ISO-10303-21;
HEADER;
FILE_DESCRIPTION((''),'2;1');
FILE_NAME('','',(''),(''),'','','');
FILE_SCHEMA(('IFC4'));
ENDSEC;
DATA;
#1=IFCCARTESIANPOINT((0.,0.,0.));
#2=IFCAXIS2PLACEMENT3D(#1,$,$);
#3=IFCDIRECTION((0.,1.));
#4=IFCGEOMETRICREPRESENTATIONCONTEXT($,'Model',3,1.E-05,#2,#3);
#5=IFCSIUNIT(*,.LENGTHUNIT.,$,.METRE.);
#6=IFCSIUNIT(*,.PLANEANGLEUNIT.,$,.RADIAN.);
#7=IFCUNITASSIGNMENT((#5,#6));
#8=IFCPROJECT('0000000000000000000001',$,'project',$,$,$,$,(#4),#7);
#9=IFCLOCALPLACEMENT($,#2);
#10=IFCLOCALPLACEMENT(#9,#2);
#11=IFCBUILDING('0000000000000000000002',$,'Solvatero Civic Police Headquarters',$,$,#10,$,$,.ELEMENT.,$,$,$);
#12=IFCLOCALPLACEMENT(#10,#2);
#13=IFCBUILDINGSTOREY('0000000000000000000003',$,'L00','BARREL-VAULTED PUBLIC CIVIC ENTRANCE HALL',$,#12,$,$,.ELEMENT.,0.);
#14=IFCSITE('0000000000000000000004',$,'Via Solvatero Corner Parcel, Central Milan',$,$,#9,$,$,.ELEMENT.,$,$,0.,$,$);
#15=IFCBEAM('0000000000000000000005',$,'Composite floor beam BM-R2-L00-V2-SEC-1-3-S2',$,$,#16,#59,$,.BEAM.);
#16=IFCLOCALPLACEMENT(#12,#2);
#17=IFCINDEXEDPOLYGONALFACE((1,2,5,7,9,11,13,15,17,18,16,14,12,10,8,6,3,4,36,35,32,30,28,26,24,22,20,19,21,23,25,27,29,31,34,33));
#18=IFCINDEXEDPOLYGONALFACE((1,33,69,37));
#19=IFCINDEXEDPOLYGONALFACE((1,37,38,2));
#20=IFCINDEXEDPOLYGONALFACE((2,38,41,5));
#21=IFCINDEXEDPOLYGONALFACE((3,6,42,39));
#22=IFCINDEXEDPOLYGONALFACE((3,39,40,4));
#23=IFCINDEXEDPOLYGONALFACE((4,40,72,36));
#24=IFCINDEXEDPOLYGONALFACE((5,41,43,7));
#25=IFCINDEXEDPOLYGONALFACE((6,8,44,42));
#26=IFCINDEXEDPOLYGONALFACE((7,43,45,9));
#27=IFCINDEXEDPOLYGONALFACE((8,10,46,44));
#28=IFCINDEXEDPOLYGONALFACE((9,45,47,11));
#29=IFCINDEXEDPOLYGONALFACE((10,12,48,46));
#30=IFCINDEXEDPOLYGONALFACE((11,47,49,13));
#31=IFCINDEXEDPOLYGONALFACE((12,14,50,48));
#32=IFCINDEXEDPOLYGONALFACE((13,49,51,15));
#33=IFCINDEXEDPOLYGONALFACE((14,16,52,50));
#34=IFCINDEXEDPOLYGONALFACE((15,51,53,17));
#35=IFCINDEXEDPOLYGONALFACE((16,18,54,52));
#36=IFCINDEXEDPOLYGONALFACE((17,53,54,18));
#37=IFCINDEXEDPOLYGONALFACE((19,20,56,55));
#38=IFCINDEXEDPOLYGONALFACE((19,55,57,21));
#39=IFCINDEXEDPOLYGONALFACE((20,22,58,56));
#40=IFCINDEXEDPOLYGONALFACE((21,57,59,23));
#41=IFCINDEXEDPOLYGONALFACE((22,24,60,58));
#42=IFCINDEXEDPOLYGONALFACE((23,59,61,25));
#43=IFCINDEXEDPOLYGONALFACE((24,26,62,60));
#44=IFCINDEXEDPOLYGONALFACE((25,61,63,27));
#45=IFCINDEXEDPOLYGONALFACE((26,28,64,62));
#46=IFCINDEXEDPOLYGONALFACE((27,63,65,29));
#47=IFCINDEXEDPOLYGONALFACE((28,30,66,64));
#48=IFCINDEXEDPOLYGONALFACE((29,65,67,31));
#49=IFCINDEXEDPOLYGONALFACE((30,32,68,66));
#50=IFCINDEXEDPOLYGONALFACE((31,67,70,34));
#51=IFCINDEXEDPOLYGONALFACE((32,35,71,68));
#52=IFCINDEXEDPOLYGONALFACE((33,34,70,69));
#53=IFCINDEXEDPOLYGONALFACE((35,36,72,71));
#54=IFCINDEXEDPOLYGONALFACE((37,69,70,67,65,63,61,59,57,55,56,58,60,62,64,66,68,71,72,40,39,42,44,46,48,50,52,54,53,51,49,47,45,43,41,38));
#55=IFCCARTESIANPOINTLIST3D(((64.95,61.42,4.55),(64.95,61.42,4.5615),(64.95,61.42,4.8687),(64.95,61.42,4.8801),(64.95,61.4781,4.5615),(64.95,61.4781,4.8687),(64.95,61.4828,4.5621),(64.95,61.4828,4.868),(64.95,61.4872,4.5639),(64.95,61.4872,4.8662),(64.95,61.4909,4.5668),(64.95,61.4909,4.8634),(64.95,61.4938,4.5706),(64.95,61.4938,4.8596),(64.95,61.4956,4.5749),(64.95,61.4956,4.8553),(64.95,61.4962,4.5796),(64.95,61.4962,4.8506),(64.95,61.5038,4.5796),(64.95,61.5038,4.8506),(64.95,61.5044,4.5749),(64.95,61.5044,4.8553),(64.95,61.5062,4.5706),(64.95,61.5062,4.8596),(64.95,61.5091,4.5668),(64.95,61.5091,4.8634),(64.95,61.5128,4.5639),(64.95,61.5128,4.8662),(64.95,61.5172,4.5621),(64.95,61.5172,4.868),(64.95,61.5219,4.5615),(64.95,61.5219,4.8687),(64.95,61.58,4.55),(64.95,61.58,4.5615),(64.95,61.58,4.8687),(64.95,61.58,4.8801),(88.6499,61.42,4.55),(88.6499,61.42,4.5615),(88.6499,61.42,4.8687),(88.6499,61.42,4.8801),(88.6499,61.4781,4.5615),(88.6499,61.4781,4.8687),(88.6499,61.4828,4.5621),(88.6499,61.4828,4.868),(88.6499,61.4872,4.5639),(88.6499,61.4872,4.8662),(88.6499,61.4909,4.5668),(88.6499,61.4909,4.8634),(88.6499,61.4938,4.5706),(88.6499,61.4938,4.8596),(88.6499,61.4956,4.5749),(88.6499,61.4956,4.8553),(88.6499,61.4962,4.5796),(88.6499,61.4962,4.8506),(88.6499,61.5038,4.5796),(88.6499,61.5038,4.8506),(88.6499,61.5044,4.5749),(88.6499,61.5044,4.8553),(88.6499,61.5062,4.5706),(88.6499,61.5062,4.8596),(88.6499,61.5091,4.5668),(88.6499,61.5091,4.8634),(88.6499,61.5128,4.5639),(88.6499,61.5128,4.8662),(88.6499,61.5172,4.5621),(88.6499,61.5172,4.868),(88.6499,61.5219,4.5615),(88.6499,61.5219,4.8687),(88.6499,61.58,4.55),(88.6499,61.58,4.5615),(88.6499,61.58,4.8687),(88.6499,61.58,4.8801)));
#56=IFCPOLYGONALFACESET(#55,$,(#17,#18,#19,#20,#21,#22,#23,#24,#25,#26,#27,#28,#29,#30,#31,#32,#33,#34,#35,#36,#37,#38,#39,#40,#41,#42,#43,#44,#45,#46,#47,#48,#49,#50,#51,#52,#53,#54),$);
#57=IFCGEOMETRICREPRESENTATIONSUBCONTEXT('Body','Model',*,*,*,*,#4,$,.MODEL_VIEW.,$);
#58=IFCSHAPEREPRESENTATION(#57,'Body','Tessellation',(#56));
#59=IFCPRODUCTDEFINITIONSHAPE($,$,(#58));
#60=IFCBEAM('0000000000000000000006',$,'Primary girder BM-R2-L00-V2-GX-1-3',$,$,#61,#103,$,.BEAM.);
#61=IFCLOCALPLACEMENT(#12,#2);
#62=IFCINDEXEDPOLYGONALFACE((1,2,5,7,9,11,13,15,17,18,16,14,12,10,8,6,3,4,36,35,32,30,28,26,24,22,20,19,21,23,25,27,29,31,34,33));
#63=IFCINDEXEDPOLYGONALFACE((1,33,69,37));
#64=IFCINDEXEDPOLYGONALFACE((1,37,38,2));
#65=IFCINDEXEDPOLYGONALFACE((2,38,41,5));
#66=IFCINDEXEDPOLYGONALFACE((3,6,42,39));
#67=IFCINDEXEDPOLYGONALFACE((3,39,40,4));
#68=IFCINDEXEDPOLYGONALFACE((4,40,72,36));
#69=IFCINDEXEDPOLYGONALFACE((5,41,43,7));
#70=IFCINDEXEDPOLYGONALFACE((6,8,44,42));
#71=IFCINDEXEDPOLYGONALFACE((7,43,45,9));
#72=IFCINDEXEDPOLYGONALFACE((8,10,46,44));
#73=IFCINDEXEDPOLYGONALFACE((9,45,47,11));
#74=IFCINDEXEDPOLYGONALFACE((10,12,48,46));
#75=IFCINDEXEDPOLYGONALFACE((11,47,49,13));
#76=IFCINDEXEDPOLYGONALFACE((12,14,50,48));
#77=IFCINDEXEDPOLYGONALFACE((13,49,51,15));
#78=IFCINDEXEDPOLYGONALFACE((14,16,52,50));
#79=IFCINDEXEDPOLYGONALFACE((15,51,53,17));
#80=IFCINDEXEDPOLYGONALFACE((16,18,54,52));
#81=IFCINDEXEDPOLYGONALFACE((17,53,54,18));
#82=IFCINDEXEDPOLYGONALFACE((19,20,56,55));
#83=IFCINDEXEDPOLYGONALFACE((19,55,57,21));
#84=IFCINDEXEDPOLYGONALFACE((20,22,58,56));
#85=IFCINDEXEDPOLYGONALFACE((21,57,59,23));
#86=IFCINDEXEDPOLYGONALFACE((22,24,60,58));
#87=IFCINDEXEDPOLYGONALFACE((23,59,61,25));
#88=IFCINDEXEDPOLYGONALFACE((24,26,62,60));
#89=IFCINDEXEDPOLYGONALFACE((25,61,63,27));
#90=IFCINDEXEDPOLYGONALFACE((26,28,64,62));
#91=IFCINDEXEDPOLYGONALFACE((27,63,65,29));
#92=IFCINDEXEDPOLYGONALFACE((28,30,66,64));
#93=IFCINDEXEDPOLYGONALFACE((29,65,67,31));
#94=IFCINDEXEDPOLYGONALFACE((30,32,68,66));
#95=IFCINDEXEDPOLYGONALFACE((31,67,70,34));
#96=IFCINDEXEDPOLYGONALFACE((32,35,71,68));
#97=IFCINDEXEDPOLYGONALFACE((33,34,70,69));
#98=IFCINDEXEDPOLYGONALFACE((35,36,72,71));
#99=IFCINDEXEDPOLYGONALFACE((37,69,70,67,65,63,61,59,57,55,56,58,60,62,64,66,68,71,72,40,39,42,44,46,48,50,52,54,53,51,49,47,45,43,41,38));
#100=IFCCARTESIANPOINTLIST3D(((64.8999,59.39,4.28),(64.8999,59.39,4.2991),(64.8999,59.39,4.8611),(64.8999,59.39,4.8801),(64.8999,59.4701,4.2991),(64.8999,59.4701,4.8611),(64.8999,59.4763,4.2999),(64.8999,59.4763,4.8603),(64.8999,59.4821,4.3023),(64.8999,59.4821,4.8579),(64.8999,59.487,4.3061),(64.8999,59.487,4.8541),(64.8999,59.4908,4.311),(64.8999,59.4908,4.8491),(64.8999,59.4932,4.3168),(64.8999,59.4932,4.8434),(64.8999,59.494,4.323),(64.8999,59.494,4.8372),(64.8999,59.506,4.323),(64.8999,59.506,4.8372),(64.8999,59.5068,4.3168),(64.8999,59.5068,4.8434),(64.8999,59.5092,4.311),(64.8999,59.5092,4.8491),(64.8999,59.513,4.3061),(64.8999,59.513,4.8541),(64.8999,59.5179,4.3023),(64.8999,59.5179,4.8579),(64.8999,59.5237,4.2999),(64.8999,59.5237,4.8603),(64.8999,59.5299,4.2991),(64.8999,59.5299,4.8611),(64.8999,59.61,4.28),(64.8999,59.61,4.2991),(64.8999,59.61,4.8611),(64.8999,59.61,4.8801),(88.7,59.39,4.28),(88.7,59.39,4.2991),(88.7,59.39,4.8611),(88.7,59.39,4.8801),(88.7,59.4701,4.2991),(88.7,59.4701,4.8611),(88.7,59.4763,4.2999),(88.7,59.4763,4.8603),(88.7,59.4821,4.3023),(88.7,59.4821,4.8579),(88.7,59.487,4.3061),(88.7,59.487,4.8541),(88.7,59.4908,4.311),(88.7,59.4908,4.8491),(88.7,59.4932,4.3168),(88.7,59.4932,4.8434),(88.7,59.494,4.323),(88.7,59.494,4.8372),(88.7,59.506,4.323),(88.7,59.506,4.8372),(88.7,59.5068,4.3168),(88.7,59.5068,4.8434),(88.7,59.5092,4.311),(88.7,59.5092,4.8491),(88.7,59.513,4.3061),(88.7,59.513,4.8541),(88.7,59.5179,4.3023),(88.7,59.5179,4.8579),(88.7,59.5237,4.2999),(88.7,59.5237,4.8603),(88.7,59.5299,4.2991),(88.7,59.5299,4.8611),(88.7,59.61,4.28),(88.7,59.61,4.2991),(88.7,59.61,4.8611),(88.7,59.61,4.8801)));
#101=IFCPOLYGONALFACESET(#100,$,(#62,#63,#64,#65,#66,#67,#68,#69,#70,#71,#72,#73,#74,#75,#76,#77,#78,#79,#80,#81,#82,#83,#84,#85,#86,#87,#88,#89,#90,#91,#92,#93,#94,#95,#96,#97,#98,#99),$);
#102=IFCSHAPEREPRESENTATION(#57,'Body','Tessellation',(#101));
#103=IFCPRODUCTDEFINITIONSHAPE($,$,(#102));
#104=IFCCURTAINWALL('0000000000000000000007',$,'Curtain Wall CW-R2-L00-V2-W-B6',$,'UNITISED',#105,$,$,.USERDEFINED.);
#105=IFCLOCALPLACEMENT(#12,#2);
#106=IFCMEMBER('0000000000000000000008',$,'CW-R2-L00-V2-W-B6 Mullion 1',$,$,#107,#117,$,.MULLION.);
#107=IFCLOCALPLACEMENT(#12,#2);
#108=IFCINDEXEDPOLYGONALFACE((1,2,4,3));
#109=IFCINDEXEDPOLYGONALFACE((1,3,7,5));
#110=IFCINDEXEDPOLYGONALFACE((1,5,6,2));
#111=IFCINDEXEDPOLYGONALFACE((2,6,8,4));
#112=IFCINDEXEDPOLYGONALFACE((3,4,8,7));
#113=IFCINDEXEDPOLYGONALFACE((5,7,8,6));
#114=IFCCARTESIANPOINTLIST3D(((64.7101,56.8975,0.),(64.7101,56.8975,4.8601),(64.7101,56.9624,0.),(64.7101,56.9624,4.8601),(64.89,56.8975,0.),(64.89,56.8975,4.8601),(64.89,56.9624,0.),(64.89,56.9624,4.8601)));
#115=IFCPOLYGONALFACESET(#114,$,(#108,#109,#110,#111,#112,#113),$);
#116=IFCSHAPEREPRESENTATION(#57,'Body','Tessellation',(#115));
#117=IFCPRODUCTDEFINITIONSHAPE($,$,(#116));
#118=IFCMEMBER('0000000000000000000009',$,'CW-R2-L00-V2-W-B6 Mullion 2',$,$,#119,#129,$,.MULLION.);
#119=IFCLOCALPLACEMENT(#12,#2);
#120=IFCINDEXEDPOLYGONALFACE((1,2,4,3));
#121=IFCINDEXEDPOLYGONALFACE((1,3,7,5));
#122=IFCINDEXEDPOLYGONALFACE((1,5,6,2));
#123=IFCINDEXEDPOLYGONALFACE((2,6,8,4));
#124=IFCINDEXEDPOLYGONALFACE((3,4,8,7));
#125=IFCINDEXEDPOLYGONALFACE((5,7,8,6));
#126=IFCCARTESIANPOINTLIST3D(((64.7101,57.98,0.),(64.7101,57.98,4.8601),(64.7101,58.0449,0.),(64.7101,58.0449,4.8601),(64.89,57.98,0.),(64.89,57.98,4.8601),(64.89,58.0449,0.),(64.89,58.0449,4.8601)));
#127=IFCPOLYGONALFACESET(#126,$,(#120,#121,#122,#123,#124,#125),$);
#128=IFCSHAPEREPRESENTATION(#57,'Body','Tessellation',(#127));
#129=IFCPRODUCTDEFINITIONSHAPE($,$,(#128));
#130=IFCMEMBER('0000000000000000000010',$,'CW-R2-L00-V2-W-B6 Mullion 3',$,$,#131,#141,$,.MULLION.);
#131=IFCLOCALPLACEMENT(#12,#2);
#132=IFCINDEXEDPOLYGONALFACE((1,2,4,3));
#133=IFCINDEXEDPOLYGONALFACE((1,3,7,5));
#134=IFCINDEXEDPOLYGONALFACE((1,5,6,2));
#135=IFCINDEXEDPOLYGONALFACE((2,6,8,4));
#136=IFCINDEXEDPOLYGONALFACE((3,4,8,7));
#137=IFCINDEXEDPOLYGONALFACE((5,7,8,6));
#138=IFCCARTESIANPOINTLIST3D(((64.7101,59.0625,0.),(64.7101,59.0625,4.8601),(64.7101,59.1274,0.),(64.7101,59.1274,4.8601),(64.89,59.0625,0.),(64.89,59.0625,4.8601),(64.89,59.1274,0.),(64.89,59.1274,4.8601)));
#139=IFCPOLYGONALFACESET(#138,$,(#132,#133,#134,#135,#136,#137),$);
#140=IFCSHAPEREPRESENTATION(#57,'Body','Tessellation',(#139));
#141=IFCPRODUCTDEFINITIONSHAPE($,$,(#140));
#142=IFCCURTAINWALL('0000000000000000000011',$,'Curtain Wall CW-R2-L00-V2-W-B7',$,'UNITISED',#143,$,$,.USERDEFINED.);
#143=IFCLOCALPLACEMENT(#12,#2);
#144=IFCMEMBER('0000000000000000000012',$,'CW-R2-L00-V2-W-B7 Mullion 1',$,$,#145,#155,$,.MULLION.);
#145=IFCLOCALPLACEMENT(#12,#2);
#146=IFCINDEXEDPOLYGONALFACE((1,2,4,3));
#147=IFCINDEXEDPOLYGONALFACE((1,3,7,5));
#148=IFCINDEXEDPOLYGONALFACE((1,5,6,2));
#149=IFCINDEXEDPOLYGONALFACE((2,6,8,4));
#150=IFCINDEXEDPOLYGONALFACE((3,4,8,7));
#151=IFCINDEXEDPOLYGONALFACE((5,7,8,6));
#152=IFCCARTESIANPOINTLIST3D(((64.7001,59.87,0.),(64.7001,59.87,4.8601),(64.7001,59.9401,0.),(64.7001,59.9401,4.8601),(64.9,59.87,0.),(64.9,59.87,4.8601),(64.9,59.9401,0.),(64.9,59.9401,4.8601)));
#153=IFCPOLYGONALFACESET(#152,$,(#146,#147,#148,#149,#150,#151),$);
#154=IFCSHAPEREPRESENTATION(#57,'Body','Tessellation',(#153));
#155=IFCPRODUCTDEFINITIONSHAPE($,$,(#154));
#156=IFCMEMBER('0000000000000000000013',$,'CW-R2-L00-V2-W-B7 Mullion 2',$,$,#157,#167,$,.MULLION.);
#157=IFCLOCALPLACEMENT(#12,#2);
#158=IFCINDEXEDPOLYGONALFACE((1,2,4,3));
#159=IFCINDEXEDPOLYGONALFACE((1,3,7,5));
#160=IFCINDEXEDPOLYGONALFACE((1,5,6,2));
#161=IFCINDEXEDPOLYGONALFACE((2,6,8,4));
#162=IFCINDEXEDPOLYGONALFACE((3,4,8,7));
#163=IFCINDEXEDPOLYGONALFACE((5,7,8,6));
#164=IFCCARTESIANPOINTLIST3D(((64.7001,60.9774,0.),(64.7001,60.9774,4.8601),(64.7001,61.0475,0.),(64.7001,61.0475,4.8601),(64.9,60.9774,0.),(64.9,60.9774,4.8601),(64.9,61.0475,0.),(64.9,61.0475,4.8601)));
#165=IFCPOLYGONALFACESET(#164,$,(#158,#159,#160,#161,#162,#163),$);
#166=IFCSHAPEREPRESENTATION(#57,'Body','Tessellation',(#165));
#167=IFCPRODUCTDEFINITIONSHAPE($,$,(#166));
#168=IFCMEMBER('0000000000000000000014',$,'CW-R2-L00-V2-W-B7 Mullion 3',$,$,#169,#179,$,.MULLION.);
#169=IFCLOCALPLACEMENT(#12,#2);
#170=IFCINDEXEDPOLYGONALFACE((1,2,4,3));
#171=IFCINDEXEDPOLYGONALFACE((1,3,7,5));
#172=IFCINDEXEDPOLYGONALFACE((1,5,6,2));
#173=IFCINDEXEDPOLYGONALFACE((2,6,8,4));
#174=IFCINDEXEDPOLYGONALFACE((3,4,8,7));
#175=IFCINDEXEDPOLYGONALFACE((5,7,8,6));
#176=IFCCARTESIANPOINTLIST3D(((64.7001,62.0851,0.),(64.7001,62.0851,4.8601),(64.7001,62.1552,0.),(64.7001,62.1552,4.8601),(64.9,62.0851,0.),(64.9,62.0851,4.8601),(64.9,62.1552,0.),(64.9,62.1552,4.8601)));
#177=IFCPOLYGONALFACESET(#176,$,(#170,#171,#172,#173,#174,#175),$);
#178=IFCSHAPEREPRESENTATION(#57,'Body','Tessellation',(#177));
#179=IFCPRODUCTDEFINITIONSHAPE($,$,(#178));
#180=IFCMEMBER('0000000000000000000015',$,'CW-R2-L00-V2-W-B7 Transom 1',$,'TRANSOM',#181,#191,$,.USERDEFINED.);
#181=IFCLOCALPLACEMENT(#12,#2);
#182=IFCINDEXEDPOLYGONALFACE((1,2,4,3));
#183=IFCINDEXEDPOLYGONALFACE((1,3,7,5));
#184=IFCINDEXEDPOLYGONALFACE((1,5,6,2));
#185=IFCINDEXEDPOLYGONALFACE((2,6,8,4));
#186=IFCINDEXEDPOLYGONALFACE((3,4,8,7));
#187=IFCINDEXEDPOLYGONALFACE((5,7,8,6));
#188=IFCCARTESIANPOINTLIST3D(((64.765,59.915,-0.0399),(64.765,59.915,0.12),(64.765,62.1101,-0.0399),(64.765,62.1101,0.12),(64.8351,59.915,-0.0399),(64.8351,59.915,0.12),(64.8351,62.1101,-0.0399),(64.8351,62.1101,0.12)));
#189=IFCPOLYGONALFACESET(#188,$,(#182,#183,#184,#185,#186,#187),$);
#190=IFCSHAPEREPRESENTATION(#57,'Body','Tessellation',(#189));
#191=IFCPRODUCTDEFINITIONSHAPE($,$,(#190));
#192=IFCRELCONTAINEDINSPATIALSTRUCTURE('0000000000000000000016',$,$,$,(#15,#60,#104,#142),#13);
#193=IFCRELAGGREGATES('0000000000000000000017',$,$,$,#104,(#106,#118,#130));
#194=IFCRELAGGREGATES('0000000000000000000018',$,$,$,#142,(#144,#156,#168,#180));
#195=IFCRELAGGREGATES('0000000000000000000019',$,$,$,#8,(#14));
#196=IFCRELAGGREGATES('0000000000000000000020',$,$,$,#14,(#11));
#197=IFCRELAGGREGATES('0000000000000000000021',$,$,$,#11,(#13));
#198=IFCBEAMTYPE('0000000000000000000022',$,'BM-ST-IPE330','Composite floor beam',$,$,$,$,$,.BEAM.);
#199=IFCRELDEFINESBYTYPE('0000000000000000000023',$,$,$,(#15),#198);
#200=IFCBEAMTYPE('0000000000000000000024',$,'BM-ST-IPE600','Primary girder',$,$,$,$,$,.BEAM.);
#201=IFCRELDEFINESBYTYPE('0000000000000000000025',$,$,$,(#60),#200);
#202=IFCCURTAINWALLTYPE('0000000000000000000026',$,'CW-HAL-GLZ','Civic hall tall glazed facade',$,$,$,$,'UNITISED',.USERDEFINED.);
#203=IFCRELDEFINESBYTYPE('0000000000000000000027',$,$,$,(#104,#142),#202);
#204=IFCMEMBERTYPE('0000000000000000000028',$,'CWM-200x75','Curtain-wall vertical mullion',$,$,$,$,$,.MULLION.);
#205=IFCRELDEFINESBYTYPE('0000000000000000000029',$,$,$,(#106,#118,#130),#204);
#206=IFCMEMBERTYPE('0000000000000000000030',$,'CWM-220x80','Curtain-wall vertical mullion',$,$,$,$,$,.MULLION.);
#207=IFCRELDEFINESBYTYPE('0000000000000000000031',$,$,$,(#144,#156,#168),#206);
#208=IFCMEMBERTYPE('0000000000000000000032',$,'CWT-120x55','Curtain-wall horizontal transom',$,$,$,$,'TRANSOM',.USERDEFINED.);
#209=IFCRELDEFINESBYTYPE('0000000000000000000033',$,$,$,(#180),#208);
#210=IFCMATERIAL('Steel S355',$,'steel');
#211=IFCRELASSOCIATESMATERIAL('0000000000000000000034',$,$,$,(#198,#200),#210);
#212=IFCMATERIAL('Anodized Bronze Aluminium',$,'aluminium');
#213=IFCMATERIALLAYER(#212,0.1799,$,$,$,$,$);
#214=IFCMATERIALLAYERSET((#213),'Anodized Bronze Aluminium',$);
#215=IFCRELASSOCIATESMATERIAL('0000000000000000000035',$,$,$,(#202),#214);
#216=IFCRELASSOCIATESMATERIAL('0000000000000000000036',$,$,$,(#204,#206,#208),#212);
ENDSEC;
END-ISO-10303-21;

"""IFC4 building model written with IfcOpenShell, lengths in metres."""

from ifc_helpers import new_model, si_unit, direction, frame, origin, origin_2d, place, context, subcontext, project, spatial, rectangle, i_section, extrude, material, layer, layer_set, material_profile, profile_set, type_object, element, aggregate, save


model = new_model("IFC4")

# Units and contexts
model_context = context("Model", 3, precision=1e-05, world=origin(), true_north=direction((0.0, 1.0)))
body_context = subcontext(model_context, "Body", "Model", "MODEL_VIEW")
ifc_project = project(units=[si_unit("LENGTHUNIT", "METRE"), si_unit("PLANEANGLEUNIT", "RADIAN")], contexts=[model_context])

# Site, building, storey
site_placement = place(None, origin())
site = spatial("IfcSite", under=ifc_project, at=site_placement, Name="Via Solvatero Corner Parcel, Central Milan", CompositionType="ELEMENT", RefElevation=0.0)
building_placement = place(site_placement, origin())
building = spatial("IfcBuilding", under=site, at=building_placement, Name="Solvatero Civic Police Headquarters", CompositionType="ELEMENT")
storey_placement = place(building_placement, origin())
storey = spatial("IfcBuildingStorey", under=building, at=storey_placement, Name="L00", Description="BARREL-VAULTED PUBLIC CIVIC ENTRANCE HALL", CompositionType="ELEMENT", Elevation=0.0)

# Beams
ifc_material_1 = material(Name="Steel S355", Category="steel")
ifc_material_profile_1 = material_profile(ifc_material_1, i_section(OverallWidth=0.1599, OverallDepth=0.3301, WebThickness=0.0076, FlangeThickness=0.0115, FilletRadius=0.0181, at=origin_2d()), Name="IPE 330")
ifc_profile_set_1 = profile_set([ifc_material_profile_1], Name="Steel S355")
beam_type_1 = type_object("IfcBeamType", Name="BM-ST-IPE330", Description="Composite floor beam", PredefinedType="BEAM", material=ifc_profile_set_1)
for number, where, z_axis, x_axis, name in (
    (1, (64.95, 61.5, 4.7151), (1.0, 0.0, 0.0), (0.0, 1.0, 0.0), "Composite floor beam BM-R2-L00-V2-SEC-1-3-S2"),
):
    element("IfcBeam", number, at=place(storey_placement, frame(where, z_axis=z_axis, x_axis=x_axis)), inside=storey, type_object=beam_type_1, Name=name, PredefinedType="BEAM", context=body_context, shape_type="SweptSolid", body=[
        extrude(i_section(OverallWidth=0.1599, OverallDepth=0.3301, WebThickness=0.0076, FlangeThickness=0.0115, FilletRadius=0.0181, at=origin_2d()), origin(), (0.0, 0.0, 1.0), 23.7),
    ])
ifc_material_profile_2 = material_profile(ifc_material_1, i_section(OverallWidth=0.22, OverallDepth=0.6001, WebThickness=0.012, FlangeThickness=0.019, FilletRadius=0.0239, at=origin_2d()), Name="IPE 600")
ifc_profile_set_2 = profile_set([ifc_material_profile_2], Name="Steel S355")
beam_type_2 = type_object("IfcBeamType", Name="BM-ST-IPE600", Description="Primary girder", PredefinedType="BEAM", material=ifc_profile_set_2)
beam_1_placement = place(storey_placement, frame((64.8999, 59.5, 4.5801), z_axis=(1.0, 0.0, 0.0), x_axis=(0.0, 1.0, 0.0)))
element("IfcBeam", 2, at=beam_1_placement, inside=storey, type_object=beam_type_2, Name="Primary girder BM-R2-L00-V2-GX-1-3", PredefinedType="BEAM", context=body_context, shape_type="SweptSolid", body=[
    extrude(i_section(OverallWidth=0.22, OverallDepth=0.6001, WebThickness=0.012, FlangeThickness=0.019, FilletRadius=0.0239, at=origin_2d()), origin(), (0.0, 0.0, 1.0), 23.8),
])

# Curtain walls, members
ifc_material_2 = material(Name="Anodized Bronze Aluminium", Category="aluminium")
ifc_layer_1 = layer(ifc_material_2, 0.1799)
ifc_layer_set_1 = layer_set([ifc_layer_1], Name="Anodized Bronze Aluminium")
curtain_wall_type = type_object("IfcCurtainWallType", Name="CW-HAL-GLZ", Description="Civic hall tall glazed facade", ElementType="UNITISED", PredefinedType="USERDEFINED", material=ifc_layer_set_1)
curtain_wall_1_placement = place(storey_placement, origin())
curtain_wall_1 = element("IfcCurtainWall", 3, at=curtain_wall_1_placement, inside=storey, type_object=curtain_wall_type, Name="Curtain Wall CW-R2-L00-V2-W-B6", ObjectType="UNITISED", PredefinedType="USERDEFINED")
ifc_material_profile_3 = material_profile(ifc_material_2, rectangle(XDim=0.0649, YDim=0.1799, at=origin_2d()), Name="ALU MULLION 65x180")
ifc_profile_set_3 = profile_set([ifc_material_profile_3], Name="Anodized Bronze Aluminium")
member_type_1 = type_object("IfcMemberType", Name="CWM-200x75", Description="Curtain-wall vertical mullion", PredefinedType="MULLION", material=ifc_profile_set_3)
member_1_placement = place(storey_placement, frame((64.8, 56.9299, 0.0), z_axis=(0.0, 0.0, 1.0), x_axis=(0.0, 1.0, 0.0)))
member_1 = element("IfcMember", 4, at=member_1_placement, type_object=member_type_1, Name="CW-R2-L00-V2-W-B6 Mullion 1", PredefinedType="MULLION", context=body_context, shape_type="SweptSolid", body=[
    extrude(rectangle(XDim=0.0649, YDim=0.1799, at=origin_2d()), origin(), (0.0, 0.0, 1.0), 4.8601),
])
member_2_placement = place(storey_placement, frame((64.8, 58.0125, 0.0), z_axis=(0.0, 0.0, 1.0), x_axis=(0.0, 1.0, 0.0)))
member_2 = element("IfcMember", 5, at=member_2_placement, type_object=member_type_1, Name="CW-R2-L00-V2-W-B6 Mullion 2", PredefinedType="MULLION", context=body_context, shape_type="SweptSolid", body=[
    extrude(rectangle(XDim=0.0649, YDim=0.1799, at=origin_2d()), origin(), (0.0, 0.0, 1.0), 4.8601),
])
member_3_placement = place(storey_placement, frame((64.8, 59.095, 0.0), z_axis=(0.0, 0.0, 1.0), x_axis=(0.0, 1.0, 0.0)))
member_3 = element("IfcMember", 6, at=member_3_placement, type_object=member_type_1, Name="CW-R2-L00-V2-W-B6 Mullion 3", PredefinedType="MULLION", context=body_context, shape_type="SweptSolid", body=[
    extrude(rectangle(XDim=0.0649, YDim=0.1799, at=origin_2d()), origin(), (0.0, 0.0, 1.0), 4.8601),
])
curtain_wall_2_placement = place(storey_placement, origin())
curtain_wall_2 = element("IfcCurtainWall", 7, at=curtain_wall_2_placement, inside=storey, type_object=curtain_wall_type, Name="Curtain Wall CW-R2-L00-V2-W-B7", ObjectType="UNITISED", PredefinedType="USERDEFINED")
ifc_material_profile_4 = material_profile(ifc_material_2, rectangle(XDim=0.0701, YDim=0.2, at=origin_2d()), Name="ALU MULLION 70x200")
ifc_profile_set_4 = profile_set([ifc_material_profile_4], Name="Anodized Bronze Aluminium")
member_type_2 = type_object("IfcMemberType", Name="CWM-220x80", Description="Curtain-wall vertical mullion", PredefinedType="MULLION", material=ifc_profile_set_4)
member_4_placement = place(storey_placement, frame((64.8, 59.905, 0.0), z_axis=(0.0, 0.0, 1.0), x_axis=(0.0, 1.0, 0.0)))
member_4 = element("IfcMember", 8, at=member_4_placement, type_object=member_type_2, Name="CW-R2-L00-V2-W-B7 Mullion 1", PredefinedType="MULLION", context=body_context, shape_type="SweptSolid", body=[
    extrude(rectangle(XDim=0.0701, YDim=0.2, at=origin_2d()), origin(), (0.0, 0.0, 1.0), 4.8601),
])
member_5_placement = place(storey_placement, frame((64.8, 61.0125, 0.0), z_axis=(0.0, 0.0, 1.0), x_axis=(0.0, 1.0, 0.0)))
member_5 = element("IfcMember", 9, at=member_5_placement, type_object=member_type_2, Name="CW-R2-L00-V2-W-B7 Mullion 2", PredefinedType="MULLION", context=body_context, shape_type="SweptSolid", body=[
    extrude(rectangle(XDim=0.0701, YDim=0.2, at=origin_2d()), origin(), (0.0, 0.0, 1.0), 4.8601),
])
member_6_placement = place(storey_placement, frame((64.8, 62.1201, 0.0), z_axis=(0.0, 0.0, 1.0), x_axis=(0.0, 1.0, 0.0)))
member_6 = element("IfcMember", 10, at=member_6_placement, type_object=member_type_2, Name="CW-R2-L00-V2-W-B7 Mullion 3", PredefinedType="MULLION", context=body_context, shape_type="SweptSolid", body=[
    extrude(rectangle(XDim=0.0701, YDim=0.2, at=origin_2d()), origin(), (0.0, 0.0, 1.0), 4.8601),
])
ifc_material_profile_5 = material_profile(ifc_material_2, rectangle(XDim=0.0701, YDim=0.1599, at=origin_2d()), Name="ALU TRANSOM 70x160")
ifc_profile_set_5 = profile_set([ifc_material_profile_5], Name="Anodized Bronze Aluminium")
member_type_3 = type_object("IfcMemberType", Name="CWT-120x55", Description="Curtain-wall horizontal transom", ElementType="TRANSOM", PredefinedType="USERDEFINED", material=ifc_profile_set_5)
member_7_placement = place(storey_placement, frame((64.8, 59.915, 0.04), z_axis=(0.0, 1.0, 0.0), x_axis=(-1.0, 0.0, 0.0)))
member_7 = element("IfcMember", 11, at=member_7_placement, type_object=member_type_3, Name="CW-R2-L00-V2-W-B7 Transom 1", ObjectType="TRANSOM", PredefinedType="USERDEFINED", context=body_context, shape_type="SweptSolid", body=[
    extrude(rectangle(XDim=0.0701, YDim=0.1599, at=origin_2d()), origin(), (0.0, 0.0, 1.0), 2.1951),
])

aggregate(curtain_wall_1, [member_1, member_2, member_3])
aggregate(curtain_wall_2, [member_4, member_5, member_6, member_7])

save(model, "model.ifc")
